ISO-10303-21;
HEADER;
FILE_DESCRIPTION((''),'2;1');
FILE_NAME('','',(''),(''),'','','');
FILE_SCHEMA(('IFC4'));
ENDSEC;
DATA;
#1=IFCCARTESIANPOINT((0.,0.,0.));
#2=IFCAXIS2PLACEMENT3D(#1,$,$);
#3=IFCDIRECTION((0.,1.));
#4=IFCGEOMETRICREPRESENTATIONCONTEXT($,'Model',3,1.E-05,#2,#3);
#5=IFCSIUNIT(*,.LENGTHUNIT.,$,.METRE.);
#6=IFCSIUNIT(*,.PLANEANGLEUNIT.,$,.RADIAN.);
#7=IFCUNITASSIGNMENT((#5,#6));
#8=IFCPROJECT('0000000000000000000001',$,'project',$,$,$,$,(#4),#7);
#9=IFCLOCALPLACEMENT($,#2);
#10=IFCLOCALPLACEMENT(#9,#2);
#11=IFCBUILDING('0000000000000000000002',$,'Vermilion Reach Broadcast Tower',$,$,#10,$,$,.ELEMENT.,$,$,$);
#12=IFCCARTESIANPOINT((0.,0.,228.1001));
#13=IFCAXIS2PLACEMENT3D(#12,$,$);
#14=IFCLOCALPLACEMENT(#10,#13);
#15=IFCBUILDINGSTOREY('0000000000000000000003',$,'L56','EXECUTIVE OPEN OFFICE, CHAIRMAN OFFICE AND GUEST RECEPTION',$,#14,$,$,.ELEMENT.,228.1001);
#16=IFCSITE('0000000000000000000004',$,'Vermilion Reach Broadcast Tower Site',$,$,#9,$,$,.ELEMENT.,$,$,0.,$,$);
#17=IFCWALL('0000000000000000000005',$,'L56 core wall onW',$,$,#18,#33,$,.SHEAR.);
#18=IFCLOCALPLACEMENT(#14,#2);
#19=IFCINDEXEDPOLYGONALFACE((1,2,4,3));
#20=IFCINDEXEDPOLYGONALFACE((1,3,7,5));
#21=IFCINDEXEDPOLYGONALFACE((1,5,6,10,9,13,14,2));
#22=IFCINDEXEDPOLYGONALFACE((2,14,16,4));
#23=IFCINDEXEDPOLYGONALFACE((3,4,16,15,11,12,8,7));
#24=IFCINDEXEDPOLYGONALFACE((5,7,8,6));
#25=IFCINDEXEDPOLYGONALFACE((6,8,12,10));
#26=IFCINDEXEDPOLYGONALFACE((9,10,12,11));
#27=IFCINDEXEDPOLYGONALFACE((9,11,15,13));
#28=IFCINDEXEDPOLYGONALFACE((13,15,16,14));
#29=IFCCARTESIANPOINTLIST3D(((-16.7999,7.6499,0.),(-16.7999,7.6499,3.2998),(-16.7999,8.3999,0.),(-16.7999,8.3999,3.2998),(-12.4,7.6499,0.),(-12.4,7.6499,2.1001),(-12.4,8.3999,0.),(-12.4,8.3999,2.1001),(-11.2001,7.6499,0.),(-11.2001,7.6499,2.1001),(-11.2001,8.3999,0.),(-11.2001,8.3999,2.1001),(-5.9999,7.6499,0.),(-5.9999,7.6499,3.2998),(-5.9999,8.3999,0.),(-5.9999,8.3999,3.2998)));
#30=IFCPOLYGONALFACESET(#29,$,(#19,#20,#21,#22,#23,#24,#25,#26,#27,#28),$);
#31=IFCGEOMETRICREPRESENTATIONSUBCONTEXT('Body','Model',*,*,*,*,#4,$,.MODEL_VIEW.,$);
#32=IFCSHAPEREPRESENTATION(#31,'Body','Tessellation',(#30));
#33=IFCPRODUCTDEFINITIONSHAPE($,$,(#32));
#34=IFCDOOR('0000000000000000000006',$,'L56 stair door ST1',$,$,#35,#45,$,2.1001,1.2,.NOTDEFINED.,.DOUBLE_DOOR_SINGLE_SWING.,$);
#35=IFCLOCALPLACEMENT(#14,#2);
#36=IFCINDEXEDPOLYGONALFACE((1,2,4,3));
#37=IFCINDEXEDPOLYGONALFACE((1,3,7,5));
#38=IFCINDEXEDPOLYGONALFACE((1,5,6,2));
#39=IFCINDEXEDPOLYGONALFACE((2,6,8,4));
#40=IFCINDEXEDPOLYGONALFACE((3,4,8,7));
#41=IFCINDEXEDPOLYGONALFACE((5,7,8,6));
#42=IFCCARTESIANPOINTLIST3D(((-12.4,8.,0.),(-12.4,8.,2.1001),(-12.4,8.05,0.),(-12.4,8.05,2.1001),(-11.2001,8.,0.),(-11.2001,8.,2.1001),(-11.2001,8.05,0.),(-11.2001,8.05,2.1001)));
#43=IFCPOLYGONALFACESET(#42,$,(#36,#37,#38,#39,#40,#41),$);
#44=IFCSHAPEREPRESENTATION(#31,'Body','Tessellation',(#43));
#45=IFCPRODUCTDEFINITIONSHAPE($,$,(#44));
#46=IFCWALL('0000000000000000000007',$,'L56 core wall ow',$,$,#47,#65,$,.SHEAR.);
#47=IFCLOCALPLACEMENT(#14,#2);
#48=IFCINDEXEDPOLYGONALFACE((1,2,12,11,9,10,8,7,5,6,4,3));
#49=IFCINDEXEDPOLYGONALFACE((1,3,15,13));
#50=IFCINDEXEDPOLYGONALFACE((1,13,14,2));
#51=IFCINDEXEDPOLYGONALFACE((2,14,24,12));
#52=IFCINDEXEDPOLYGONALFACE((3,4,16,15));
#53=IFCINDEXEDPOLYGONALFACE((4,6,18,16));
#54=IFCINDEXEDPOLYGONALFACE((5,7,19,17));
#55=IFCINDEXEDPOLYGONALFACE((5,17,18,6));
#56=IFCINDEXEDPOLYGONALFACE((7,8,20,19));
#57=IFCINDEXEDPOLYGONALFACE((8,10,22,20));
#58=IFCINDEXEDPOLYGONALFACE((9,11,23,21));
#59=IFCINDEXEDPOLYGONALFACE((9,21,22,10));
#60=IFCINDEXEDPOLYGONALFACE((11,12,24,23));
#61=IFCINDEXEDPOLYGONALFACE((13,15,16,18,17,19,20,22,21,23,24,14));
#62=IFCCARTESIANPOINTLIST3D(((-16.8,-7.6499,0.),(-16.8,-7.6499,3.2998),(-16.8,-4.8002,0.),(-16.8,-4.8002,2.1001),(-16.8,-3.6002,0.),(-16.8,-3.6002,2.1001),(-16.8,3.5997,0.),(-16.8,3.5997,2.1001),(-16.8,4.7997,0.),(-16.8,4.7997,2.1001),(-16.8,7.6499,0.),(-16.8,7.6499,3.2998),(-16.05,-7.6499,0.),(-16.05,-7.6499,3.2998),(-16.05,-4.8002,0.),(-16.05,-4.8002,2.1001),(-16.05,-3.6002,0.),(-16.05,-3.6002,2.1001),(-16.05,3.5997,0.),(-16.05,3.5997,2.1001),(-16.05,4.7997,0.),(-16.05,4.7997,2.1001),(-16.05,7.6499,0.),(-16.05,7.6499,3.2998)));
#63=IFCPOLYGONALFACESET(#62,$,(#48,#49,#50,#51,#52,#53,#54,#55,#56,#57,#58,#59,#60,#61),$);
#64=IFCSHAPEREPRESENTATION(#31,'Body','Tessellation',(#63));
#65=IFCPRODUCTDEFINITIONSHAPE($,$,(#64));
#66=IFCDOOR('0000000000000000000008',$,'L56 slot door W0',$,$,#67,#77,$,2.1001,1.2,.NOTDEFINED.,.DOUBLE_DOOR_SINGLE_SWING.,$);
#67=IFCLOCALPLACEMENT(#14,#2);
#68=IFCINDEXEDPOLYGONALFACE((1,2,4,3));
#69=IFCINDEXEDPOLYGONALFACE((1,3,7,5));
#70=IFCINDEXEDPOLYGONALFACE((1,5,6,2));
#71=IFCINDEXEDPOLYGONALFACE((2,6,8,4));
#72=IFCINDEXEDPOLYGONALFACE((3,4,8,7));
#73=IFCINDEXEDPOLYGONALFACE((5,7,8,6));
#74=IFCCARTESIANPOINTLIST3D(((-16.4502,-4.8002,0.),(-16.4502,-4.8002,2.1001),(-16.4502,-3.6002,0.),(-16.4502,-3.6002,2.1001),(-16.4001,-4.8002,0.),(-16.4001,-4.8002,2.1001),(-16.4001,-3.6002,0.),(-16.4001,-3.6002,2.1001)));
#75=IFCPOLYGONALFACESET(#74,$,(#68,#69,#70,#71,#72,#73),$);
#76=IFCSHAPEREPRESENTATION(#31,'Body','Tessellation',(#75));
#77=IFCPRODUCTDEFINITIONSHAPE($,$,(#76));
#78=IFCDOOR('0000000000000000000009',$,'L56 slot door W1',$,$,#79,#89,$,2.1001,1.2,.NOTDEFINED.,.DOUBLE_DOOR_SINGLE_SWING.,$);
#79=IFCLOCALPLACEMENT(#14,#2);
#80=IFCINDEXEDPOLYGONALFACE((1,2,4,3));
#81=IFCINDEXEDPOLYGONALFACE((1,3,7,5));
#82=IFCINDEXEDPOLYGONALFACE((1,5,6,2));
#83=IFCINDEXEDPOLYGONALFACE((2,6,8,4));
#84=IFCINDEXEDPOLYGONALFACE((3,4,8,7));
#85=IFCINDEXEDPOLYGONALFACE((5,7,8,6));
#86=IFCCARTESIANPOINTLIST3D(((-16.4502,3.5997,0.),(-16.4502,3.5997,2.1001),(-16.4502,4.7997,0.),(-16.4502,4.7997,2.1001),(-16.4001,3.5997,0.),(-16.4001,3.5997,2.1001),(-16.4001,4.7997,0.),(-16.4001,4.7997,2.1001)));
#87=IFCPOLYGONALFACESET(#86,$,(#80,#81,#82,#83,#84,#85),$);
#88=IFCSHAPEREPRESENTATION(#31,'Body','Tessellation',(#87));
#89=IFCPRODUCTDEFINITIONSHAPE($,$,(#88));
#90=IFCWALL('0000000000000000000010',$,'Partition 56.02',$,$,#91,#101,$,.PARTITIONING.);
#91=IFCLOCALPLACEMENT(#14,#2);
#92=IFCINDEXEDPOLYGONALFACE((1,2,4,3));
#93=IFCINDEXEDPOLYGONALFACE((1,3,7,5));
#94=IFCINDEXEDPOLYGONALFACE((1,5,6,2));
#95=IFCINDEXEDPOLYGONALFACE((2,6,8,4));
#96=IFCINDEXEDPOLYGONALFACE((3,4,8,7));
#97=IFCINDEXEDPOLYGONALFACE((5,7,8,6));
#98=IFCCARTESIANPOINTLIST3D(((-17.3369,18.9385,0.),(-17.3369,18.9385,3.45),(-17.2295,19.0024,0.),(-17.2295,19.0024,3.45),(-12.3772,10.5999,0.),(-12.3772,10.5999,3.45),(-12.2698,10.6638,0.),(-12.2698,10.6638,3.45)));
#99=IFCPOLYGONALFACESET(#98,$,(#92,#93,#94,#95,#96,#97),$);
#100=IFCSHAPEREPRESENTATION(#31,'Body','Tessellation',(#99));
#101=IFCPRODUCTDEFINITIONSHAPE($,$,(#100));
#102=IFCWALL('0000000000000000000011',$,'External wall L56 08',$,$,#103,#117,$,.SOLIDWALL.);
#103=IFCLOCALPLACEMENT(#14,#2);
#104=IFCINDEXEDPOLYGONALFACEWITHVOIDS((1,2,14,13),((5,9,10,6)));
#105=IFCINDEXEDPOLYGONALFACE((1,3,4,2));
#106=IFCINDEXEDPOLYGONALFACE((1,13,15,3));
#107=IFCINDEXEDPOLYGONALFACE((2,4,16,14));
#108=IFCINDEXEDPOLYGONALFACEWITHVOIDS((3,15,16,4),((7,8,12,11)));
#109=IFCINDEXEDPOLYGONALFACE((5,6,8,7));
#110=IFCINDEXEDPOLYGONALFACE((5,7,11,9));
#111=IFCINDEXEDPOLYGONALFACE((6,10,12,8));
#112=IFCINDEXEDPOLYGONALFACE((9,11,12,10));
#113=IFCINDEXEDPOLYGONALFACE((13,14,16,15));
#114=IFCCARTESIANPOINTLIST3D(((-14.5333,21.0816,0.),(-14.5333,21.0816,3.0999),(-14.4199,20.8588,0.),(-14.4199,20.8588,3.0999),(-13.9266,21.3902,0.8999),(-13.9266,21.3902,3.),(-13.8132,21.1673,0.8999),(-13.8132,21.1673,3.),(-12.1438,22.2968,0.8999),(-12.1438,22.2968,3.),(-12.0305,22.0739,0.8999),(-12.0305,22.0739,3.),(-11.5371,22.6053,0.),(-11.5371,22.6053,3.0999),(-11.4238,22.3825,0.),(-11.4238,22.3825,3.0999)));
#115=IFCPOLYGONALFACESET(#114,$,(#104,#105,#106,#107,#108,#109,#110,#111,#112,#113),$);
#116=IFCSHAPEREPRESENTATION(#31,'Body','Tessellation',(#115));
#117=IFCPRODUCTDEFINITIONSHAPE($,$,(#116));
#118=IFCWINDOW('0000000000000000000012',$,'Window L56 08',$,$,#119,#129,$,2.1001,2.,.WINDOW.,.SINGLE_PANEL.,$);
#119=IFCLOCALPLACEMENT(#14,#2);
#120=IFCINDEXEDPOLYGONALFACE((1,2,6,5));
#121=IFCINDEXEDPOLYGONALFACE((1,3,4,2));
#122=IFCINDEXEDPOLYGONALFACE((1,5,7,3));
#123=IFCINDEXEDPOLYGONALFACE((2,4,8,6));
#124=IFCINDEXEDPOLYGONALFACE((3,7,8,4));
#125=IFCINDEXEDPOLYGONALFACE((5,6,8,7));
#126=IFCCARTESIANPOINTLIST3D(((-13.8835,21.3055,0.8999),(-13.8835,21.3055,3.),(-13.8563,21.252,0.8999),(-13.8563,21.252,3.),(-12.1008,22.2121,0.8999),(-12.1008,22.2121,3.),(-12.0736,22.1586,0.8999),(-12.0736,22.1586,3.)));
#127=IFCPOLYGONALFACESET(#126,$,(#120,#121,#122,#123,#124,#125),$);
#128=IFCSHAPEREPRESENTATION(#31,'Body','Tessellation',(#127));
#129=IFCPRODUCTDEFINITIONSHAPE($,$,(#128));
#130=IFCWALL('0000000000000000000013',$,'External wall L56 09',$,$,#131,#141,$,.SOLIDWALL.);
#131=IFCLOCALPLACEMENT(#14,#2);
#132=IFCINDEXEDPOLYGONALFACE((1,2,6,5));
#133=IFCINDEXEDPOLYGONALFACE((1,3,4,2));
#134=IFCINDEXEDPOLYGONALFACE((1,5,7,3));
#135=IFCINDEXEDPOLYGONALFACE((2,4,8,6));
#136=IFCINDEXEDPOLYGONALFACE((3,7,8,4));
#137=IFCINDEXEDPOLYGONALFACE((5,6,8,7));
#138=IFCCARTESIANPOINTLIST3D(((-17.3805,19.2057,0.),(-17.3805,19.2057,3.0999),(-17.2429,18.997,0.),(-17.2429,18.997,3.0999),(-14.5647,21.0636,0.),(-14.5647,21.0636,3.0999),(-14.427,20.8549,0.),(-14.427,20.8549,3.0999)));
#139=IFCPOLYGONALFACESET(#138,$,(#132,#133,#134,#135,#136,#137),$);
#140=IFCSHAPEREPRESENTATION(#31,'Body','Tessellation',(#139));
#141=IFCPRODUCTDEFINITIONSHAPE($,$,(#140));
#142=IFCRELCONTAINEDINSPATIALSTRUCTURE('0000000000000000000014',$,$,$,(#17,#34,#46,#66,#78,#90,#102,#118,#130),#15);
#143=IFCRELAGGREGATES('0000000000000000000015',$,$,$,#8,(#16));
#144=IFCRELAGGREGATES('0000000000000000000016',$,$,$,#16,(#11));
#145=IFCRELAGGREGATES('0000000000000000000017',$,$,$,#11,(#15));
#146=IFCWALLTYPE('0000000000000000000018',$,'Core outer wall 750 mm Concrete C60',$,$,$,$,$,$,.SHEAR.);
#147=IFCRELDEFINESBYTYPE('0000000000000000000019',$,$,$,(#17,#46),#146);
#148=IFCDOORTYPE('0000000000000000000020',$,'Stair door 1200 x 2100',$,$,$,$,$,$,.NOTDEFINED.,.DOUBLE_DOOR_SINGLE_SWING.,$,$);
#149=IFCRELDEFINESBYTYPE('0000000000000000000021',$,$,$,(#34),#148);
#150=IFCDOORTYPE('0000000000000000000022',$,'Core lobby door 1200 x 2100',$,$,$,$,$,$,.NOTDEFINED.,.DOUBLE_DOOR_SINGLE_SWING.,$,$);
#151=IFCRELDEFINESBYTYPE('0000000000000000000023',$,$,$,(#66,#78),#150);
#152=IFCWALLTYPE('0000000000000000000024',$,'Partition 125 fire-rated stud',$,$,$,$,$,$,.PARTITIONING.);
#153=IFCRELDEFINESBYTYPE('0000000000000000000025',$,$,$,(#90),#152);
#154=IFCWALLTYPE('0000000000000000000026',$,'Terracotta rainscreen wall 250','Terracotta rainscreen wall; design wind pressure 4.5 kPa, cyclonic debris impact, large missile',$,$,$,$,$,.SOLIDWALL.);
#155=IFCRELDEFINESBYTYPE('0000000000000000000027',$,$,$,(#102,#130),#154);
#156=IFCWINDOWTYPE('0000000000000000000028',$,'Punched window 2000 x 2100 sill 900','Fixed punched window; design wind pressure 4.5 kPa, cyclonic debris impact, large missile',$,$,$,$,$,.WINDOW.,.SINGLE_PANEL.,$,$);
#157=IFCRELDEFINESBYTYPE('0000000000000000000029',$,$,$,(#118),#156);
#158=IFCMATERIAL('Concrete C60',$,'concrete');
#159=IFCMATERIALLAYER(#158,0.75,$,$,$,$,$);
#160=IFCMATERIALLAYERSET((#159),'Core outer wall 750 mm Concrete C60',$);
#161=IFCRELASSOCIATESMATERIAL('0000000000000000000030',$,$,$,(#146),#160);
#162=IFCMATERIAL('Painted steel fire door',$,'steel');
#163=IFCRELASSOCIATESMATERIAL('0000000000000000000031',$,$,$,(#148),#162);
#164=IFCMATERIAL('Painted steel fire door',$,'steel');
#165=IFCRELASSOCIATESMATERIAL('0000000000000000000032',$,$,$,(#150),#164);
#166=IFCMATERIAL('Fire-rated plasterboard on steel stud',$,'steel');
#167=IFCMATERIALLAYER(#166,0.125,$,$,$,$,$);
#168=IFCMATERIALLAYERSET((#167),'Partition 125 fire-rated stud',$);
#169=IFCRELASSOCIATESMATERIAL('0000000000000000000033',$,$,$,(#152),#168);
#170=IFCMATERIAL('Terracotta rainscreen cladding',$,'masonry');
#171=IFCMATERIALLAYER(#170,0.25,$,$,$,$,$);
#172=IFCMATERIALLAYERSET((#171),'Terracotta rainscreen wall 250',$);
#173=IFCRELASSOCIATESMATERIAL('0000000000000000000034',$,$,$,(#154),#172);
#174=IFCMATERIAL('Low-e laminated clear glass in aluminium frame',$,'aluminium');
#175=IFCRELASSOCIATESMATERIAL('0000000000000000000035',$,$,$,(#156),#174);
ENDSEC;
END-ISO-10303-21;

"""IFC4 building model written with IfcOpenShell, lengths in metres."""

from ifc_helpers import new_model, si_unit, direction, frame, frame_2d, origin, place, context, subcontext, project, spatial, rectangle, extrude, material, layer, layer_set, type_object, element, fill, save


model = new_model("IFC4")

# Units and contexts
model_context = context("Model", 3, precision=1e-05, world=origin(), true_north=direction((0.0, 1.0)))
body_context = subcontext(model_context, "Body", "Model", "MODEL_VIEW")
ifc_project = project(units=[si_unit("LENGTHUNIT", "METRE"), si_unit("PLANEANGLEUNIT", "RADIAN")], contexts=[model_context])

# Site, building, storey
site_placement = place(None, origin())
site = spatial("IfcSite", under=ifc_project, at=site_placement, Name="Vermilion Reach Broadcast Tower Site", CompositionType="ELEMENT", RefElevation=0.0)
building_placement = place(site_placement, origin())
building = spatial("IfcBuilding", under=site, at=building_placement, Name="Vermilion Reach Broadcast Tower", CompositionType="ELEMENT")
storey_placement = place(building_placement, frame((0.0, 0.0, 228.1001)))
storey = spatial("IfcBuildingStorey", under=building, at=storey_placement, Name="L56", Description="EXECUTIVE OPEN OFFICE, CHAIRMAN OFFICE AND GUEST RECEPTION", CompositionType="ELEMENT", Elevation=228.1001)

# Wall, opening, door
ifc_material_1 = material(Name="Concrete C60", Category="concrete")
ifc_layer_1 = layer(ifc_material_1, 0.75)
ifc_layer_set_1 = layer_set([ifc_layer_1], Name="Core outer wall 750 mm Concrete C60")
wall_type_1 = type_object("IfcWallType", Name="Core outer wall 750 mm Concrete C60", PredefinedType="SHEAR", material=ifc_layer_set_1)
wall_1_placement = place(storey_placement, frame((-6.0, 8.0249, 0.0), z_axis=(0.0, 0.0, 1.0), x_axis=(-1.0, 0.0, 0.0)))
wall_1 = element("IfcWall", 1, at=wall_1_placement, inside=storey, type_object=wall_type_1, Name="L56 core wall onW", PredefinedType="SHEAR", context=body_context, shape_type="SweptSolid", body=[
    extrude(rectangle(XDim=10.8, YDim=0.75, at=frame_2d((5.3999, 0.0))), origin(), (0.0, 0.0, 1.0), 3.2998),
])
opening_1_placement = place(wall_1_placement, frame((5.2, 0.0, 0.0)))
opening_1 = element("IfcOpeningElement", 2, at=opening_1_placement, cuts=wall_1, PredefinedType="OPENING", context=body_context, shape_type="SweptSolid", body=[
    extrude(rectangle(XDim=1.2, YDim=2.1001, at=frame_2d((0.6001, 1.05))), frame((0.0, 0.385, 0.0), z_axis=(0.0, -1.0, 0.0), x_axis=(1.0, 0.0, 0.0)), (0.0, 0.0, 1.0), 0.77),
])
ifc_material_2 = material(Name="Painted steel fire door", Category="steel")
door_type_1 = type_object("IfcDoorType", Name="Stair door 1200 x 2100", OperationType="DOUBLE_DOOR_SINGLE_SWING", PredefinedType="NOTDEFINED", material=ifc_material_2)
door_1_placement = place(opening_1_placement, origin())
door_1 = element("IfcDoor", 3, at=door_1_placement, inside=storey, type_object=door_type_1, Name="L56 stair door ST1", OperationType="DOUBLE_DOOR_SINGLE_SWING", OverallHeight=2.1001, OverallWidth=1.2, PredefinedType="NOTDEFINED", context=body_context, shape_type="SweptSolid", body=[
    extrude(rectangle(XDim=1.2, YDim=2.1001, at=frame_2d((0.6001, 1.05))), frame((0.0, 0.0249, 0.0), z_axis=(0.0, -1.0, 0.0), x_axis=(1.0, 0.0, 0.0)), (0.0, 0.0, 1.0), 0.05),
])
fill(opening_1, door_1)

# Wall, openings, doors
wall_2_placement = place(storey_placement, frame((-16.425, 7.6499, 0.0), z_axis=(0.0, 0.0, 1.0), x_axis=(0.0, -1.0, 0.0)))
wall_2 = element("IfcWall", 4, at=wall_2_placement, inside=storey, type_object=wall_type_1, Name="L56 core wall ow", PredefinedType="SHEAR", context=body_context, shape_type="SweptSolid", body=[
    extrude(rectangle(XDim=15.2998, YDim=0.75, at=frame_2d((7.6499, 0.0))), origin(), (0.0, 0.0, 1.0), 3.2998),
])
opening_2_placement = place(wall_2_placement, frame((11.25, 0.0, 0.0)))
opening_2 = element("IfcOpeningElement", 5, at=opening_2_placement, cuts=wall_2, PredefinedType="OPENING", context=body_context, shape_type="SweptSolid", body=[
    extrude(rectangle(XDim=1.2, YDim=2.1001, at=frame_2d((0.6001, 1.05))), frame((0.0, 0.385, 0.0), z_axis=(0.0, -1.0, 0.0), x_axis=(1.0, 0.0, 0.0)), (0.0, 0.0, 1.0), 0.77),
])
opening_3_placement = place(wall_2_placement, frame((2.8501, 0.0, 0.0)))
opening_3 = element("IfcOpeningElement", 6, at=opening_3_placement, cuts=wall_2, PredefinedType="OPENING", context=body_context, shape_type="SweptSolid", body=[
    extrude(rectangle(XDim=1.2, YDim=2.1001, at=frame_2d((0.6001, 1.05))), frame((0.0, 0.385, 0.0), z_axis=(0.0, -1.0, 0.0), x_axis=(1.0, 0.0, 0.0)), (0.0, 0.0, 1.0), 0.77),
])
ifc_material_3 = material(Name="Painted steel fire door", Category="steel")
door_type_2 = type_object("IfcDoorType", Name="Core lobby door 1200 x 2100", OperationType="DOUBLE_DOOR_SINGLE_SWING", PredefinedType="NOTDEFINED", material=ifc_material_3)
door_2_placement = place(opening_2_placement, origin())
door_2 = element("IfcDoor", 7, at=door_2_placement, inside=storey, type_object=door_type_2, Name="L56 slot door W0", OperationType="DOUBLE_DOOR_SINGLE_SWING", OverallHeight=2.1001, OverallWidth=1.2, PredefinedType="NOTDEFINED", context=body_context, shape_type="SweptSolid", body=[
    extrude(rectangle(XDim=1.2, YDim=2.1001, at=frame_2d((0.6001, 1.05))), frame((0.0, 0.0249, 0.0), z_axis=(0.0, -1.0, 0.0), x_axis=(1.0, 0.0, 0.0)), (0.0, 0.0, 1.0), 0.05),
])
fill(opening_2, door_2)
door_3_placement = place(opening_3_placement, origin())
door_3 = element("IfcDoor", 8, at=door_3_placement, inside=storey, type_object=door_type_2, Name="L56 slot door W1", OperationType="DOUBLE_DOOR_SINGLE_SWING", OverallHeight=2.1001, OverallWidth=1.2, PredefinedType="NOTDEFINED", context=body_context, shape_type="SweptSolid", body=[
    extrude(rectangle(XDim=1.2, YDim=2.1001, at=frame_2d((0.6001, 1.05))), frame((0.0, 0.0249, 0.0), z_axis=(0.0, -1.0, 0.0), x_axis=(1.0, 0.0, 0.0)), (0.0, 0.0, 1.0), 0.05),
])
fill(opening_3, door_3)

# Wall
ifc_material_4 = material(Name="Fire-rated plasterboard on steel stud", Category="steel")
ifc_layer_2 = layer(ifc_material_4, 0.125)
ifc_layer_set_2 = layer_set([ifc_layer_2], Name="Partition 125 fire-rated stud")
wall_type_2 = type_object("IfcWallType", Name="Partition 125 fire-rated stud", PredefinedType="PARTITIONING", material=ifc_layer_set_2)
wall_3_placement = place(storey_placement, frame((-17.2832, 18.9705, 0.0), z_axis=(0.0, 0.0, 1.0), x_axis=(0.511198, -0.859463, 0.0)))
element("IfcWall", 9, at=wall_3_placement, inside=storey, type_object=wall_type_2, Name="Partition 56.02", PredefinedType="PARTITIONING", context=body_context, shape_type="SweptSolid", body=[
    extrude(rectangle(XDim=9.7021, YDim=0.125, at=frame_2d((4.8511, 0.0))), origin(), (0.0, 0.0, 1.0), 3.45),
])

# Shared definitions
ifc_material_5 = material(Name="Terracotta rainscreen cladding", Category="masonry")
ifc_layer_3 = layer(ifc_material_5, 0.25)
ifc_layer_set_3 = layer_set([ifc_layer_3], Name="Terracotta rainscreen wall 250")
wall_type_3 = type_object("IfcWallType", Name="Terracotta rainscreen wall 250", Description="Terracotta rainscreen wall; design wind pressure 4.5 kPa, cyclonic debris impact, large missile", PredefinedType="SOLIDWALL", material=ifc_layer_set_3)

# Wall, opening, window
wall_4_placement = place(storey_placement, frame((-11.4805, 22.4939, 0.0), z_axis=(0.0, 0.0, 1.0), x_axis=(-0.891356, -0.453304, 0.0)))
wall_4 = element("IfcWall", 10, at=wall_4_placement, inside=storey, type_object=wall_type_3, Name="External wall L56 08", PredefinedType="SOLIDWALL", context=body_context, shape_type="SweptSolid", body=[
    extrude(rectangle(XDim=3.3613, YDim=0.25, at=frame_2d((1.6807, 0.0))), origin(), (0.0, 0.0, 1.0), 3.0999),
])
opening_4_placement = place(wall_4_placement, frame((0.6807, 0.0, 0.8999)))
opening_4 = element("IfcOpeningElement", 11, at=opening_4_placement, cuts=wall_4, PredefinedType="OPENING", context=body_context, shape_type="SweptSolid", body=[
    extrude(rectangle(XDim=2.0, YDim=2.1001, at=frame_2d((1.0, 1.05))), frame((0.0, 0.135, 0.0), z_axis=(0.0, -1.0, 0.0), x_axis=(1.0, 0.0, 0.0)), (0.0, 0.0, 1.0), 0.27),
])
ifc_material_6 = material(Name="Low-e laminated clear glass in aluminium frame", Category="aluminium")
window_type = type_object("IfcWindowType", Name="Punched window 2000 x 2100 sill 900", Description="Fixed punched window; design wind pressure 4.5 kPa, cyclonic debris impact, large missile", PartitioningType="SINGLE_PANEL", PredefinedType="WINDOW", material=ifc_material_6)
window_placement = place(opening_4_placement, origin())
window = element("IfcWindow", 12, at=window_placement, inside=storey, type_object=window_type, Name="Window L56 08", OverallHeight=2.1001, OverallWidth=2.0, PartitioningType="SINGLE_PANEL", PredefinedType="WINDOW", context=body_context, shape_type="SweptSolid", body=[
    extrude(rectangle(XDim=2.0, YDim=2.1001, at=frame_2d((1.0, 1.05))), frame((0.0, 0.03, 0.0), z_axis=(0.0, -1.0, 0.0), x_axis=(1.0, 0.0, 0.0)), (0.0, 0.0, 1.0), 0.0601),
])
fill(opening_4, window)

# Wall
wall_5_placement = place(storey_placement, frame((-14.4958, 20.9592, 0.0), z_axis=(0.0, 0.0, 1.0), x_axis=(-0.834691, -0.550719, 0.0)))
element("IfcWall", 13, at=wall_5_placement, inside=storey, type_object=wall_type_3, Name="External wall L56 09", PredefinedType="SOLIDWALL", context=body_context, shape_type="SweptSolid", body=[
    extrude(rectangle(XDim=3.3735, YDim=0.25, at=frame_2d((1.6868, 0.0))), origin(), (0.0, 0.0, 1.0), 3.0999),
])

save(model, "model.ifc")
